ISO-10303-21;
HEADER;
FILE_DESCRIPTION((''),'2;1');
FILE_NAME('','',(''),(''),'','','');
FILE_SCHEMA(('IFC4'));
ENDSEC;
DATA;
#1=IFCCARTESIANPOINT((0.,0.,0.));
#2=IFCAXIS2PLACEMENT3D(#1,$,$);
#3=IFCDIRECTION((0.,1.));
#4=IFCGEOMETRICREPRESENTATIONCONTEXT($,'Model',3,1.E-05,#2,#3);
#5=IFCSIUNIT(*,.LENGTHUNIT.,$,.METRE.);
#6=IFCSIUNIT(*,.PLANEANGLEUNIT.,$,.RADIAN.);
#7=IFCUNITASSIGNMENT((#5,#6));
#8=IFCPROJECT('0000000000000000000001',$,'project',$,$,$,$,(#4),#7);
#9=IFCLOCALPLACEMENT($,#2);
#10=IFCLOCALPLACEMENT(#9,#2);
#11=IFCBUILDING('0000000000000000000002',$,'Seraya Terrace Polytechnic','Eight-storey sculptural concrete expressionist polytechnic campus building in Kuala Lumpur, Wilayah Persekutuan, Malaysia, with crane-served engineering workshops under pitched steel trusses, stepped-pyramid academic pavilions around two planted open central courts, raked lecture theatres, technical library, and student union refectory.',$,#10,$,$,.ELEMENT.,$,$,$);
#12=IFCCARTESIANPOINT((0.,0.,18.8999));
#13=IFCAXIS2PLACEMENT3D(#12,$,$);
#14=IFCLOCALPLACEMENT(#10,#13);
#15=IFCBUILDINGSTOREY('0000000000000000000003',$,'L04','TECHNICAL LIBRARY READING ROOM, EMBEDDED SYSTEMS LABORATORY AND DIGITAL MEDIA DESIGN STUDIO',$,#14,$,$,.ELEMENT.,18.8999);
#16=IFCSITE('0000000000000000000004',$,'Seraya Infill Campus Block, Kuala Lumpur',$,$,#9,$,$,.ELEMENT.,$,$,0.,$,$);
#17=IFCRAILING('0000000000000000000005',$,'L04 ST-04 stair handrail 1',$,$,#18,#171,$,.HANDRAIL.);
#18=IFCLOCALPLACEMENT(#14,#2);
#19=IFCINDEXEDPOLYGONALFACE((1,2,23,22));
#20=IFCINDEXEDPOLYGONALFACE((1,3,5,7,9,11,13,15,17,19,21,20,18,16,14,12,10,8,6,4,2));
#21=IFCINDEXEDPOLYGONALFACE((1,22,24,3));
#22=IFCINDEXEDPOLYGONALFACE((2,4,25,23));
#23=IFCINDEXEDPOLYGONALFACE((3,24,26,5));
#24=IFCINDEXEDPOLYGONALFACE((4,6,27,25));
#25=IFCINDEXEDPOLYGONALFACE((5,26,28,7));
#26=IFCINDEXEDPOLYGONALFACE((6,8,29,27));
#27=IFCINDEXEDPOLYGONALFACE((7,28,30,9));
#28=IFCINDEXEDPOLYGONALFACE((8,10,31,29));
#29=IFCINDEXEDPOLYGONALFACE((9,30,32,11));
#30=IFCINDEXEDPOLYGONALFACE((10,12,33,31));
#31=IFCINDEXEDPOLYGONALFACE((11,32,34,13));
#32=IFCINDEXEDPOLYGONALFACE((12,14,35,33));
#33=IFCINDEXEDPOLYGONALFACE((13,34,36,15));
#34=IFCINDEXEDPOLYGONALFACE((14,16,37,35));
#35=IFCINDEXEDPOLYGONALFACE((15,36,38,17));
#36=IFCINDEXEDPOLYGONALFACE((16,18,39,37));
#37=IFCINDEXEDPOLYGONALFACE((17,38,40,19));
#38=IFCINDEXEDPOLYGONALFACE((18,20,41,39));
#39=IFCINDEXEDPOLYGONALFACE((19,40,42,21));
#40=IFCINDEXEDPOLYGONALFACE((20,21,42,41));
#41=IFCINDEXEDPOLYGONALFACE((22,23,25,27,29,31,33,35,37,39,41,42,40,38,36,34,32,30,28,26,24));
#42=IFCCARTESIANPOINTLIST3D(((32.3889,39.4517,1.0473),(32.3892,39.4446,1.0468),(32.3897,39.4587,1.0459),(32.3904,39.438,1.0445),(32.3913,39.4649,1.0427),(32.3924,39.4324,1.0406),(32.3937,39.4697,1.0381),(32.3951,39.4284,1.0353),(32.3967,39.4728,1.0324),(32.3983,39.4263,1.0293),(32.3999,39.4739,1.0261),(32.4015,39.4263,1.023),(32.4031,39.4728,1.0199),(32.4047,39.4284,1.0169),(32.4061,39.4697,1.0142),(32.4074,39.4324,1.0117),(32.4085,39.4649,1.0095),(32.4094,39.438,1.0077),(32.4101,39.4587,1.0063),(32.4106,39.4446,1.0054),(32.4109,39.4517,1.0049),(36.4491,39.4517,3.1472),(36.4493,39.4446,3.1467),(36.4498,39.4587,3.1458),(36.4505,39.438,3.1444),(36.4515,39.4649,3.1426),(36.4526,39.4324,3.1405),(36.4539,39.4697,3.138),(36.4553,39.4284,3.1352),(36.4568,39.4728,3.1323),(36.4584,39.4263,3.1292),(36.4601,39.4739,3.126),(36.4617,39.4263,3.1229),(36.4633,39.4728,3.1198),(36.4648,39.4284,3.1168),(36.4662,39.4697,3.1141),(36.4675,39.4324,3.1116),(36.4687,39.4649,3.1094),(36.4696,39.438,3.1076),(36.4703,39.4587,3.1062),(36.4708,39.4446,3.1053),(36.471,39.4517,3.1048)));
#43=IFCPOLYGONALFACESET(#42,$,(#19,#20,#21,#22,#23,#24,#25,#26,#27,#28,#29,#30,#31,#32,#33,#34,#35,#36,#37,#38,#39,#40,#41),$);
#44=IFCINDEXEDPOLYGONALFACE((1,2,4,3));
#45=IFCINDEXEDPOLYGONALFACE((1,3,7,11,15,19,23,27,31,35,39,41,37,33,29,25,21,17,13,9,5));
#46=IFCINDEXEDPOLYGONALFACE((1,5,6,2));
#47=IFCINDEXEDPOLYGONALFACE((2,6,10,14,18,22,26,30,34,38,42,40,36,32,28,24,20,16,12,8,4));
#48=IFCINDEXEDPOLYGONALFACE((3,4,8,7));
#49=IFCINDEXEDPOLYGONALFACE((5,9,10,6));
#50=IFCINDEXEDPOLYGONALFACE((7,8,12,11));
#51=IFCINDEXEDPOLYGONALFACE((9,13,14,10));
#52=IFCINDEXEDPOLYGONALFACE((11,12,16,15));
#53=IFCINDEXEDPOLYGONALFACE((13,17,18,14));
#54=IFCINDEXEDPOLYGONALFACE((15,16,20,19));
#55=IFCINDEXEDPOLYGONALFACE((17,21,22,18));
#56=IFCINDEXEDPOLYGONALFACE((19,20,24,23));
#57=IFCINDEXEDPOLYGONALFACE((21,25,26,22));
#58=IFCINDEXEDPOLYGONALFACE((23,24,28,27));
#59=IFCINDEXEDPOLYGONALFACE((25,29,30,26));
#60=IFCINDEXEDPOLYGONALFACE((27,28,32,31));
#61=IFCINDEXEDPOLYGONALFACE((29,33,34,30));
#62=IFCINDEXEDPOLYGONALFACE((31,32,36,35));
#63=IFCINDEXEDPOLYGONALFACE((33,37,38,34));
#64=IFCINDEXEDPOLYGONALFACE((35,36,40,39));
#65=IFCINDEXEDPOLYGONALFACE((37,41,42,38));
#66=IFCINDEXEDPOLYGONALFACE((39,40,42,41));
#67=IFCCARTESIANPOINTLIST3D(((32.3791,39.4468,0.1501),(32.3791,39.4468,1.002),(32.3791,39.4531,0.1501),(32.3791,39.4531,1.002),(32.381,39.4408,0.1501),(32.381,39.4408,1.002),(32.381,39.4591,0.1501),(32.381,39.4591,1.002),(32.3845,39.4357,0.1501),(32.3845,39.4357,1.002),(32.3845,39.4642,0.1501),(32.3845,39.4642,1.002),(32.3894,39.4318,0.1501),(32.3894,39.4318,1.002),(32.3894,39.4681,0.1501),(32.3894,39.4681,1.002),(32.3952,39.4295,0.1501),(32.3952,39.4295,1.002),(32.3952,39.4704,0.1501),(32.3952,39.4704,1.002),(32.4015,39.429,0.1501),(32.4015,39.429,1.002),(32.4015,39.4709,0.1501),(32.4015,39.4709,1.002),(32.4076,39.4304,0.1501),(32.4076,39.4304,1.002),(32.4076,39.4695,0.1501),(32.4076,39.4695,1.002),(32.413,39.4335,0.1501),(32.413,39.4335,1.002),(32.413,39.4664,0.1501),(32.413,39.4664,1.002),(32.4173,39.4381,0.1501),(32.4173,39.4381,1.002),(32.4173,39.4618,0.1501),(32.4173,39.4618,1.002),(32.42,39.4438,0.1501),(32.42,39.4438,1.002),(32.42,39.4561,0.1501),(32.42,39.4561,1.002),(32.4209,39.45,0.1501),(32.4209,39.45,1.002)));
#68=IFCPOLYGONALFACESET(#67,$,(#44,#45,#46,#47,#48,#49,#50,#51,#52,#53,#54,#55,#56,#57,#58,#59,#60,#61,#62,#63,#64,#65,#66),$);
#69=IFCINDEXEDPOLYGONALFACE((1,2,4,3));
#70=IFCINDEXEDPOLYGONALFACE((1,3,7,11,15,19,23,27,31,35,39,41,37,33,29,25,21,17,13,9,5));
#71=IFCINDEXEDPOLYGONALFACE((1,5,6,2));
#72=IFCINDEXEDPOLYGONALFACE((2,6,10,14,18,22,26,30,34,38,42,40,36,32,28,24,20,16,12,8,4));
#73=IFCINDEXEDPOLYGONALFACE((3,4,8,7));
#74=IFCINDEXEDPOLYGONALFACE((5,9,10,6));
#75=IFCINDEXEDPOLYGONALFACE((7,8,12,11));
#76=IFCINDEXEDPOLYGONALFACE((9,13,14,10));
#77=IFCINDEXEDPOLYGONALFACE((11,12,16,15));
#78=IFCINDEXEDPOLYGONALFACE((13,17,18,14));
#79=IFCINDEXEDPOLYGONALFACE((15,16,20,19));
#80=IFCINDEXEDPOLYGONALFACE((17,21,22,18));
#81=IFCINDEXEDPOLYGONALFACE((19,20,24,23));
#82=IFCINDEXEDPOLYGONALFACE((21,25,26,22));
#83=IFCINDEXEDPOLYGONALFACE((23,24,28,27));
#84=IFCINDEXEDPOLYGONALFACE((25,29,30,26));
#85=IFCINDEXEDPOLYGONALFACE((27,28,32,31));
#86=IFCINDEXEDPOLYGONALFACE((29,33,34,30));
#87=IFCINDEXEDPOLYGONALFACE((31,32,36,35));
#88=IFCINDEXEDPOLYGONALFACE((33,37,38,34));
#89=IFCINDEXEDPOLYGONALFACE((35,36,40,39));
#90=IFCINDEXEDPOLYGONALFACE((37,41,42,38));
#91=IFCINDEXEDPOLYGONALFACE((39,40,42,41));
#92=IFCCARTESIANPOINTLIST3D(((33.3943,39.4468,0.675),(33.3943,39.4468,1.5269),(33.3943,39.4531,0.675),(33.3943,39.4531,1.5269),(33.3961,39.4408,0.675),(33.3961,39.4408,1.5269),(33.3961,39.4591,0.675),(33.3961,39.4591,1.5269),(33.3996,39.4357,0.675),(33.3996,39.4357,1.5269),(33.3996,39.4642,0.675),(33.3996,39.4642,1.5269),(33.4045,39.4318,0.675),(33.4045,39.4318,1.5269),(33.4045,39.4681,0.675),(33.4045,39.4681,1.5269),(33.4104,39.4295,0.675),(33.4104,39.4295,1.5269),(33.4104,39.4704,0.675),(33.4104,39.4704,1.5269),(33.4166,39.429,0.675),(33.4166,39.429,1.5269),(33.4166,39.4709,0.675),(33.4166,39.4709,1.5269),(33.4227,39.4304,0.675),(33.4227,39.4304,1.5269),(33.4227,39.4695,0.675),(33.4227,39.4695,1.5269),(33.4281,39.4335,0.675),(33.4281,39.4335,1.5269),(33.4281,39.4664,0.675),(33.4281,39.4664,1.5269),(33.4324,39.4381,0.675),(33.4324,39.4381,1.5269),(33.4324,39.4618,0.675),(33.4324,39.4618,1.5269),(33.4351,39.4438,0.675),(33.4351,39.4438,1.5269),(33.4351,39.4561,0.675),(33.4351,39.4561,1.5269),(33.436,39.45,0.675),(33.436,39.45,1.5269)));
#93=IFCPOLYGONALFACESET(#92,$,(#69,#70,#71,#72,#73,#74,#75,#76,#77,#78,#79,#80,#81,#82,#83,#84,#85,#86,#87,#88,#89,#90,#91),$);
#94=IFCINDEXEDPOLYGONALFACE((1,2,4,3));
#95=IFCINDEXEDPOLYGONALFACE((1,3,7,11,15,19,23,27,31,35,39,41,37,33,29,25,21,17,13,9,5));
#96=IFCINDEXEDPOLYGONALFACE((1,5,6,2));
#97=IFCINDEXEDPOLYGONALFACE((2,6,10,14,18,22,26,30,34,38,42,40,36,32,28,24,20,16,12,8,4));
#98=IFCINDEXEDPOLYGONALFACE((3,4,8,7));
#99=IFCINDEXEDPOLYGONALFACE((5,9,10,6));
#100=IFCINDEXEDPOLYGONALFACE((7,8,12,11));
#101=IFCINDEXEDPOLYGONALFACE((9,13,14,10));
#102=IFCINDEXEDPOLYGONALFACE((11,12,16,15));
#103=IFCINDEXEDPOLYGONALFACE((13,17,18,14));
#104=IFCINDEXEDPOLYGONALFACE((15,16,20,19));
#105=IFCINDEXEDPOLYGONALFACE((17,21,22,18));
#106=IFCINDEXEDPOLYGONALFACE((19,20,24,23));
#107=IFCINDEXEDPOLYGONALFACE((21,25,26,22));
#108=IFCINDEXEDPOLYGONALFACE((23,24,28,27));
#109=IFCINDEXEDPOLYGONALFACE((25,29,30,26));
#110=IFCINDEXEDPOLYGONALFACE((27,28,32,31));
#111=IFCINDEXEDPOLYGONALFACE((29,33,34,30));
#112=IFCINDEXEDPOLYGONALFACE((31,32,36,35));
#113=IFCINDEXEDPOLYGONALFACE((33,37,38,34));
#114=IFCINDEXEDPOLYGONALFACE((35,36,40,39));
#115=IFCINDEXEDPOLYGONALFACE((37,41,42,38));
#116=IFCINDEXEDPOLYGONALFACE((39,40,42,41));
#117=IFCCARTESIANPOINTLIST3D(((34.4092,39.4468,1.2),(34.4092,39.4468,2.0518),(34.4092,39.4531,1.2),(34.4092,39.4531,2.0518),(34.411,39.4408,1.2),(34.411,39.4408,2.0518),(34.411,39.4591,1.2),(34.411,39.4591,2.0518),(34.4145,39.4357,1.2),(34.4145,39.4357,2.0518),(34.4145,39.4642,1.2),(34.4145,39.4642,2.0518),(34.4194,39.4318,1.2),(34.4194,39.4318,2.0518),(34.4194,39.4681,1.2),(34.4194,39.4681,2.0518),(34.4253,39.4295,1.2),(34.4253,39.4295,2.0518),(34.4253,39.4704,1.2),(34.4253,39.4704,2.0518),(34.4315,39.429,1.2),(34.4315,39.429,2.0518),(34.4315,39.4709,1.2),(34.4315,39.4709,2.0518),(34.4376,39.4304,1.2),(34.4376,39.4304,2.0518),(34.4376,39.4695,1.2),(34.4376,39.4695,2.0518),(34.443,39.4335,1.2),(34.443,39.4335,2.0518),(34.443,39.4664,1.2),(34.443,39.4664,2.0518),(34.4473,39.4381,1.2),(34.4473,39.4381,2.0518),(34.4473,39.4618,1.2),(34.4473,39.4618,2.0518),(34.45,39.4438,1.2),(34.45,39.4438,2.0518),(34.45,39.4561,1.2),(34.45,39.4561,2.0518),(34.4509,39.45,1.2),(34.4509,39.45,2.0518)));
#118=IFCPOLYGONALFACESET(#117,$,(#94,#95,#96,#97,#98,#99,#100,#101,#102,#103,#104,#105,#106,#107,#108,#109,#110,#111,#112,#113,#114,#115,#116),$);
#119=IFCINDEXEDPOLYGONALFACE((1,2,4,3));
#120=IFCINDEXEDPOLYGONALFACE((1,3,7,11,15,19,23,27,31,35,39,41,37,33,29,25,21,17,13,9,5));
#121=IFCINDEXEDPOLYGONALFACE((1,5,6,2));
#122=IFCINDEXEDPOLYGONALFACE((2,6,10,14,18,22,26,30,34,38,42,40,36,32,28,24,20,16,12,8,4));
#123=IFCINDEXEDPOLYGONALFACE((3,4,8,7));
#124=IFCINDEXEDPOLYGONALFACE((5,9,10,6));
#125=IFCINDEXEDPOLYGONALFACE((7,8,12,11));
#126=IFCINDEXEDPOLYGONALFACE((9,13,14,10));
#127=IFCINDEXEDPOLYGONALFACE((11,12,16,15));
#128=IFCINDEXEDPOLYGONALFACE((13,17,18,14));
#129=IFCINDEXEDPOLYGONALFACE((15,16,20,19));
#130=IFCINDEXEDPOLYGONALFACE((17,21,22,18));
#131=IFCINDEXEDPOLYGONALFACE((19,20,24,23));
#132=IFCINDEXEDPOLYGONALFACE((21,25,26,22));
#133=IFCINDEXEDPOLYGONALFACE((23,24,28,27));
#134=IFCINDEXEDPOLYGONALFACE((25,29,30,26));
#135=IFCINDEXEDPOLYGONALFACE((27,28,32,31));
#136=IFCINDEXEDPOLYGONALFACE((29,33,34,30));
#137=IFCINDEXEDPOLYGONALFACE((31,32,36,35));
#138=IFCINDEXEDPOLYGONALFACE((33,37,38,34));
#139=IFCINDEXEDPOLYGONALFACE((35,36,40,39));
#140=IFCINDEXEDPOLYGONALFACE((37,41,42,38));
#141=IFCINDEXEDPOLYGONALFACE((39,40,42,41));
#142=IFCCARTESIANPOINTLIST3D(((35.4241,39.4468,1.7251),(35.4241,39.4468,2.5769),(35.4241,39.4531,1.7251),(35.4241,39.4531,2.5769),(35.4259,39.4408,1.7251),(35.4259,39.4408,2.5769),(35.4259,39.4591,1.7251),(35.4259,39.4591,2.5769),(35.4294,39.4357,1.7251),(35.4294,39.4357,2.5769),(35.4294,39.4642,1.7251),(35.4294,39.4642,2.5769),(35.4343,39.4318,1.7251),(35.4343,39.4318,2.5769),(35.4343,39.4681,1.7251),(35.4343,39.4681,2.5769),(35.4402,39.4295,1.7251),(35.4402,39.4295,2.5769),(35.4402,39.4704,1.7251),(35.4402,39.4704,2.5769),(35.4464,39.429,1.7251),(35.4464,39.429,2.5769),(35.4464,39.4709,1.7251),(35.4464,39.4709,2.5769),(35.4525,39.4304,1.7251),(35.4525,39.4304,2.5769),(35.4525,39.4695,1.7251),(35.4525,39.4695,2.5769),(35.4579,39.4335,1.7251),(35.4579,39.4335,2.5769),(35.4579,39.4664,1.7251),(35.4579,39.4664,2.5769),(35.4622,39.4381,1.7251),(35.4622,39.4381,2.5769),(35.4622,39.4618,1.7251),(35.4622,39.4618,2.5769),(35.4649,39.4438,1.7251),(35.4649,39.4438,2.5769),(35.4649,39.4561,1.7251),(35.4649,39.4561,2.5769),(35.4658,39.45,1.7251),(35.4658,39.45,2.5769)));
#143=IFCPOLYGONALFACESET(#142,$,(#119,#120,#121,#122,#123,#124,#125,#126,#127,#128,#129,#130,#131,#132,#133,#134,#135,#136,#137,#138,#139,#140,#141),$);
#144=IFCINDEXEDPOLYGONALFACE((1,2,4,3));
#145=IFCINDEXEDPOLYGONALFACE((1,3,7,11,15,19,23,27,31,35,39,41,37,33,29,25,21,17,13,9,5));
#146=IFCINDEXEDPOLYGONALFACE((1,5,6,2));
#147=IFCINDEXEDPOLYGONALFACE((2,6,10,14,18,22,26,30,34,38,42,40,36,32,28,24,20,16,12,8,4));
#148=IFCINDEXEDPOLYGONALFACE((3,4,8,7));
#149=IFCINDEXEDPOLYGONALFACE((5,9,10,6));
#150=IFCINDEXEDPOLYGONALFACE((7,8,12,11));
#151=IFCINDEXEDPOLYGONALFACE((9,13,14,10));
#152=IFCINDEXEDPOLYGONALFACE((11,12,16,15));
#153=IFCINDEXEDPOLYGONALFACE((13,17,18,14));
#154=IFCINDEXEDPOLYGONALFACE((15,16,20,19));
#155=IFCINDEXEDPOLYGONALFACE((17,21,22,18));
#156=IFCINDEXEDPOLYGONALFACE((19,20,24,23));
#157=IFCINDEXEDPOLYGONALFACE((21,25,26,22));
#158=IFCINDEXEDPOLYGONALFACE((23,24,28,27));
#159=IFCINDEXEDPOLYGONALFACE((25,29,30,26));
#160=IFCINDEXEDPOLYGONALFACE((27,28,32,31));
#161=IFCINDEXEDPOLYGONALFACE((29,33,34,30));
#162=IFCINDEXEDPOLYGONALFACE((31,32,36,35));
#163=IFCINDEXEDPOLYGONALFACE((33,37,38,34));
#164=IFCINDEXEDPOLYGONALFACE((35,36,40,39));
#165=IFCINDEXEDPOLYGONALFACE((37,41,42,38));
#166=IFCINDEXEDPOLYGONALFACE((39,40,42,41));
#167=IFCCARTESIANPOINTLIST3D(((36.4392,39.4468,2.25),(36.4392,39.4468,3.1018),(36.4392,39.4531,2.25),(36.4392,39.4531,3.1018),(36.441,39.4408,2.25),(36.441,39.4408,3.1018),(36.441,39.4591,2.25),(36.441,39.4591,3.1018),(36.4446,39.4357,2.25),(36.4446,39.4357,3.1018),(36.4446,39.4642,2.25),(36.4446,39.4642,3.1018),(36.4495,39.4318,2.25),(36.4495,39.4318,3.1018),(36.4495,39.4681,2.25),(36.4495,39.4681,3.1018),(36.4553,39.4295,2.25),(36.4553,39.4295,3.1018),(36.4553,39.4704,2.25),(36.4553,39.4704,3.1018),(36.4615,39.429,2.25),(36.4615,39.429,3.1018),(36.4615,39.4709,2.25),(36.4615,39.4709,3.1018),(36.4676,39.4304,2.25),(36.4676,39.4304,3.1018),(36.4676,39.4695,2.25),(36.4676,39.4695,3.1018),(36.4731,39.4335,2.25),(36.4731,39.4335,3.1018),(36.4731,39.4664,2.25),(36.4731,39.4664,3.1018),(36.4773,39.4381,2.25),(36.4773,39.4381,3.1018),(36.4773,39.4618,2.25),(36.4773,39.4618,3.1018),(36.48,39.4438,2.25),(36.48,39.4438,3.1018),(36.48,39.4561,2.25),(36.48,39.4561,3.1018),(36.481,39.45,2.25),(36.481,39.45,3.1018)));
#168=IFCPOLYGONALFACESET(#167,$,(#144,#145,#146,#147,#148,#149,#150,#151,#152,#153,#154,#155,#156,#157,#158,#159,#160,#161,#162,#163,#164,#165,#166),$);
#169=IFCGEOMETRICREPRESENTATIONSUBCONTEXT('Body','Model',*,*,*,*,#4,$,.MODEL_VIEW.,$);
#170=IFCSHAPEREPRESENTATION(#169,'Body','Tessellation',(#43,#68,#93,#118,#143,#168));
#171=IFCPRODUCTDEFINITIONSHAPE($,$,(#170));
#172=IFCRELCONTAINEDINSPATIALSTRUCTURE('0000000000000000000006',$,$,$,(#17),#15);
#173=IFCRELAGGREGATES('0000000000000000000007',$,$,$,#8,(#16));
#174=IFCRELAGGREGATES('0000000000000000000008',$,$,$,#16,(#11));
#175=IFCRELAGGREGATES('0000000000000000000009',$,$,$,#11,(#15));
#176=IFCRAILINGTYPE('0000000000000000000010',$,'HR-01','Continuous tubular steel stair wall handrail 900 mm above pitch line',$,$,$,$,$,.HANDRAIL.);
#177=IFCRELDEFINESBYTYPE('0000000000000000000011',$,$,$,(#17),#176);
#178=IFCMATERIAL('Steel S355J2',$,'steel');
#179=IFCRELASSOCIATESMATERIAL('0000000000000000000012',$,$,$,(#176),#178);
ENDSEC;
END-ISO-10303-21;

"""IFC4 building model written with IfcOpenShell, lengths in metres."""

from ifc_helpers import new_model, si_unit, direction, frame, origin, origin_2d, place, context, subcontext, project, spatial, circle, extrude, material, type_object, element, save


model = new_model("IFC4")

# Units and contexts
model_context = context("Model", 3, precision=1e-05, world=origin(), true_north=direction((0.0, 1.0)))
body_context = subcontext(model_context, "Body", "Model", "MODEL_VIEW")
ifc_project = project(units=[si_unit("LENGTHUNIT", "METRE"), si_unit("PLANEANGLEUNIT", "RADIAN")], contexts=[model_context])

# Site, building, storey
site_placement = place(None, origin())
site = spatial("IfcSite", under=ifc_project, at=site_placement, Name="Seraya Infill Campus Block, Kuala Lumpur", CompositionType="ELEMENT", RefElevation=0.0)
building_placement = place(site_placement, origin())
building = spatial("IfcBuilding", under=site, at=building_placement, Name="Seraya Terrace Polytechnic", Description="Eight-storey sculptural concrete expressionist polytechnic campus building in Kuala Lumpur, Wilayah Persekutuan, Malaysia, with crane-served engineering workshops under pitched steel trusses, stepped-pyramid academic pavilions around two planted open central courts, raked lecture theatres, technical library, and student union refectory.", CompositionType="ELEMENT")
storey_placement = place(building_placement, frame((0.0, 0.0, 18.8999)))
storey = spatial("IfcBuildingStorey", under=building, at=storey_placement, Name="L04", Description="TECHNICAL LIBRARY READING ROOM, EMBEDDED SYSTEMS LABORATORY AND DIGITAL MEDIA DESIGN STUDIO", CompositionType="ELEMENT", Elevation=18.8999)

# Shared definitions
ifc_material_1 = material(Name="Steel S355J2", Category="steel")

# Railing
railing_type_1 = type_object("IfcRailingType", Name="HR-01", Description="Continuous tubular steel stair wall handrail 900 mm above pitch line", PredefinedType="HANDRAIL", material=ifc_material_1)
railing_1_placement = place(storey_placement, frame((32.3999, 39.45, 0.1501)))
element("IfcRailing", 1, at=railing_1_placement, inside=storey, type_object=railing_type_1, Name="L04 ST-04 stair handrail 1", PredefinedType="HANDRAIL", context=body_context, shape_type="SweptSolid", body=[
    extrude(circle(Radius=0.0239, at=origin_2d()), frame((0.0, 0.0, 0.876), z_axis=(0.888233, 0.0, 0.459392), x_axis=(0.0, 1.0, 0.0)), (0.0, 0.0, 1.0), 4.571),
    extrude(circle(Radius=0.021, at=origin_2d()), origin(), (0.0, 0.0, 1.0), 0.8518),
    extrude(circle(Radius=0.021, at=origin_2d()), frame((1.0151, 0.0, 0.5249)), (0.0, 0.0, 1.0), 0.8518),
    extrude(circle(Radius=0.021, at=origin_2d()), frame((2.03, 0.0, 1.0498)), (0.0, 0.0, 1.0), 0.8518),
    extrude(circle(Radius=0.021, at=origin_2d()), frame((3.0449, 0.0, 1.575)), (0.0, 0.0, 1.0), 0.8518),
    extrude(circle(Radius=0.021, at=origin_2d()), frame((4.0601, 0.0, 2.0999)), (0.0, 0.0, 1.0), 0.8518),
])

save(model, "model.ifc")
